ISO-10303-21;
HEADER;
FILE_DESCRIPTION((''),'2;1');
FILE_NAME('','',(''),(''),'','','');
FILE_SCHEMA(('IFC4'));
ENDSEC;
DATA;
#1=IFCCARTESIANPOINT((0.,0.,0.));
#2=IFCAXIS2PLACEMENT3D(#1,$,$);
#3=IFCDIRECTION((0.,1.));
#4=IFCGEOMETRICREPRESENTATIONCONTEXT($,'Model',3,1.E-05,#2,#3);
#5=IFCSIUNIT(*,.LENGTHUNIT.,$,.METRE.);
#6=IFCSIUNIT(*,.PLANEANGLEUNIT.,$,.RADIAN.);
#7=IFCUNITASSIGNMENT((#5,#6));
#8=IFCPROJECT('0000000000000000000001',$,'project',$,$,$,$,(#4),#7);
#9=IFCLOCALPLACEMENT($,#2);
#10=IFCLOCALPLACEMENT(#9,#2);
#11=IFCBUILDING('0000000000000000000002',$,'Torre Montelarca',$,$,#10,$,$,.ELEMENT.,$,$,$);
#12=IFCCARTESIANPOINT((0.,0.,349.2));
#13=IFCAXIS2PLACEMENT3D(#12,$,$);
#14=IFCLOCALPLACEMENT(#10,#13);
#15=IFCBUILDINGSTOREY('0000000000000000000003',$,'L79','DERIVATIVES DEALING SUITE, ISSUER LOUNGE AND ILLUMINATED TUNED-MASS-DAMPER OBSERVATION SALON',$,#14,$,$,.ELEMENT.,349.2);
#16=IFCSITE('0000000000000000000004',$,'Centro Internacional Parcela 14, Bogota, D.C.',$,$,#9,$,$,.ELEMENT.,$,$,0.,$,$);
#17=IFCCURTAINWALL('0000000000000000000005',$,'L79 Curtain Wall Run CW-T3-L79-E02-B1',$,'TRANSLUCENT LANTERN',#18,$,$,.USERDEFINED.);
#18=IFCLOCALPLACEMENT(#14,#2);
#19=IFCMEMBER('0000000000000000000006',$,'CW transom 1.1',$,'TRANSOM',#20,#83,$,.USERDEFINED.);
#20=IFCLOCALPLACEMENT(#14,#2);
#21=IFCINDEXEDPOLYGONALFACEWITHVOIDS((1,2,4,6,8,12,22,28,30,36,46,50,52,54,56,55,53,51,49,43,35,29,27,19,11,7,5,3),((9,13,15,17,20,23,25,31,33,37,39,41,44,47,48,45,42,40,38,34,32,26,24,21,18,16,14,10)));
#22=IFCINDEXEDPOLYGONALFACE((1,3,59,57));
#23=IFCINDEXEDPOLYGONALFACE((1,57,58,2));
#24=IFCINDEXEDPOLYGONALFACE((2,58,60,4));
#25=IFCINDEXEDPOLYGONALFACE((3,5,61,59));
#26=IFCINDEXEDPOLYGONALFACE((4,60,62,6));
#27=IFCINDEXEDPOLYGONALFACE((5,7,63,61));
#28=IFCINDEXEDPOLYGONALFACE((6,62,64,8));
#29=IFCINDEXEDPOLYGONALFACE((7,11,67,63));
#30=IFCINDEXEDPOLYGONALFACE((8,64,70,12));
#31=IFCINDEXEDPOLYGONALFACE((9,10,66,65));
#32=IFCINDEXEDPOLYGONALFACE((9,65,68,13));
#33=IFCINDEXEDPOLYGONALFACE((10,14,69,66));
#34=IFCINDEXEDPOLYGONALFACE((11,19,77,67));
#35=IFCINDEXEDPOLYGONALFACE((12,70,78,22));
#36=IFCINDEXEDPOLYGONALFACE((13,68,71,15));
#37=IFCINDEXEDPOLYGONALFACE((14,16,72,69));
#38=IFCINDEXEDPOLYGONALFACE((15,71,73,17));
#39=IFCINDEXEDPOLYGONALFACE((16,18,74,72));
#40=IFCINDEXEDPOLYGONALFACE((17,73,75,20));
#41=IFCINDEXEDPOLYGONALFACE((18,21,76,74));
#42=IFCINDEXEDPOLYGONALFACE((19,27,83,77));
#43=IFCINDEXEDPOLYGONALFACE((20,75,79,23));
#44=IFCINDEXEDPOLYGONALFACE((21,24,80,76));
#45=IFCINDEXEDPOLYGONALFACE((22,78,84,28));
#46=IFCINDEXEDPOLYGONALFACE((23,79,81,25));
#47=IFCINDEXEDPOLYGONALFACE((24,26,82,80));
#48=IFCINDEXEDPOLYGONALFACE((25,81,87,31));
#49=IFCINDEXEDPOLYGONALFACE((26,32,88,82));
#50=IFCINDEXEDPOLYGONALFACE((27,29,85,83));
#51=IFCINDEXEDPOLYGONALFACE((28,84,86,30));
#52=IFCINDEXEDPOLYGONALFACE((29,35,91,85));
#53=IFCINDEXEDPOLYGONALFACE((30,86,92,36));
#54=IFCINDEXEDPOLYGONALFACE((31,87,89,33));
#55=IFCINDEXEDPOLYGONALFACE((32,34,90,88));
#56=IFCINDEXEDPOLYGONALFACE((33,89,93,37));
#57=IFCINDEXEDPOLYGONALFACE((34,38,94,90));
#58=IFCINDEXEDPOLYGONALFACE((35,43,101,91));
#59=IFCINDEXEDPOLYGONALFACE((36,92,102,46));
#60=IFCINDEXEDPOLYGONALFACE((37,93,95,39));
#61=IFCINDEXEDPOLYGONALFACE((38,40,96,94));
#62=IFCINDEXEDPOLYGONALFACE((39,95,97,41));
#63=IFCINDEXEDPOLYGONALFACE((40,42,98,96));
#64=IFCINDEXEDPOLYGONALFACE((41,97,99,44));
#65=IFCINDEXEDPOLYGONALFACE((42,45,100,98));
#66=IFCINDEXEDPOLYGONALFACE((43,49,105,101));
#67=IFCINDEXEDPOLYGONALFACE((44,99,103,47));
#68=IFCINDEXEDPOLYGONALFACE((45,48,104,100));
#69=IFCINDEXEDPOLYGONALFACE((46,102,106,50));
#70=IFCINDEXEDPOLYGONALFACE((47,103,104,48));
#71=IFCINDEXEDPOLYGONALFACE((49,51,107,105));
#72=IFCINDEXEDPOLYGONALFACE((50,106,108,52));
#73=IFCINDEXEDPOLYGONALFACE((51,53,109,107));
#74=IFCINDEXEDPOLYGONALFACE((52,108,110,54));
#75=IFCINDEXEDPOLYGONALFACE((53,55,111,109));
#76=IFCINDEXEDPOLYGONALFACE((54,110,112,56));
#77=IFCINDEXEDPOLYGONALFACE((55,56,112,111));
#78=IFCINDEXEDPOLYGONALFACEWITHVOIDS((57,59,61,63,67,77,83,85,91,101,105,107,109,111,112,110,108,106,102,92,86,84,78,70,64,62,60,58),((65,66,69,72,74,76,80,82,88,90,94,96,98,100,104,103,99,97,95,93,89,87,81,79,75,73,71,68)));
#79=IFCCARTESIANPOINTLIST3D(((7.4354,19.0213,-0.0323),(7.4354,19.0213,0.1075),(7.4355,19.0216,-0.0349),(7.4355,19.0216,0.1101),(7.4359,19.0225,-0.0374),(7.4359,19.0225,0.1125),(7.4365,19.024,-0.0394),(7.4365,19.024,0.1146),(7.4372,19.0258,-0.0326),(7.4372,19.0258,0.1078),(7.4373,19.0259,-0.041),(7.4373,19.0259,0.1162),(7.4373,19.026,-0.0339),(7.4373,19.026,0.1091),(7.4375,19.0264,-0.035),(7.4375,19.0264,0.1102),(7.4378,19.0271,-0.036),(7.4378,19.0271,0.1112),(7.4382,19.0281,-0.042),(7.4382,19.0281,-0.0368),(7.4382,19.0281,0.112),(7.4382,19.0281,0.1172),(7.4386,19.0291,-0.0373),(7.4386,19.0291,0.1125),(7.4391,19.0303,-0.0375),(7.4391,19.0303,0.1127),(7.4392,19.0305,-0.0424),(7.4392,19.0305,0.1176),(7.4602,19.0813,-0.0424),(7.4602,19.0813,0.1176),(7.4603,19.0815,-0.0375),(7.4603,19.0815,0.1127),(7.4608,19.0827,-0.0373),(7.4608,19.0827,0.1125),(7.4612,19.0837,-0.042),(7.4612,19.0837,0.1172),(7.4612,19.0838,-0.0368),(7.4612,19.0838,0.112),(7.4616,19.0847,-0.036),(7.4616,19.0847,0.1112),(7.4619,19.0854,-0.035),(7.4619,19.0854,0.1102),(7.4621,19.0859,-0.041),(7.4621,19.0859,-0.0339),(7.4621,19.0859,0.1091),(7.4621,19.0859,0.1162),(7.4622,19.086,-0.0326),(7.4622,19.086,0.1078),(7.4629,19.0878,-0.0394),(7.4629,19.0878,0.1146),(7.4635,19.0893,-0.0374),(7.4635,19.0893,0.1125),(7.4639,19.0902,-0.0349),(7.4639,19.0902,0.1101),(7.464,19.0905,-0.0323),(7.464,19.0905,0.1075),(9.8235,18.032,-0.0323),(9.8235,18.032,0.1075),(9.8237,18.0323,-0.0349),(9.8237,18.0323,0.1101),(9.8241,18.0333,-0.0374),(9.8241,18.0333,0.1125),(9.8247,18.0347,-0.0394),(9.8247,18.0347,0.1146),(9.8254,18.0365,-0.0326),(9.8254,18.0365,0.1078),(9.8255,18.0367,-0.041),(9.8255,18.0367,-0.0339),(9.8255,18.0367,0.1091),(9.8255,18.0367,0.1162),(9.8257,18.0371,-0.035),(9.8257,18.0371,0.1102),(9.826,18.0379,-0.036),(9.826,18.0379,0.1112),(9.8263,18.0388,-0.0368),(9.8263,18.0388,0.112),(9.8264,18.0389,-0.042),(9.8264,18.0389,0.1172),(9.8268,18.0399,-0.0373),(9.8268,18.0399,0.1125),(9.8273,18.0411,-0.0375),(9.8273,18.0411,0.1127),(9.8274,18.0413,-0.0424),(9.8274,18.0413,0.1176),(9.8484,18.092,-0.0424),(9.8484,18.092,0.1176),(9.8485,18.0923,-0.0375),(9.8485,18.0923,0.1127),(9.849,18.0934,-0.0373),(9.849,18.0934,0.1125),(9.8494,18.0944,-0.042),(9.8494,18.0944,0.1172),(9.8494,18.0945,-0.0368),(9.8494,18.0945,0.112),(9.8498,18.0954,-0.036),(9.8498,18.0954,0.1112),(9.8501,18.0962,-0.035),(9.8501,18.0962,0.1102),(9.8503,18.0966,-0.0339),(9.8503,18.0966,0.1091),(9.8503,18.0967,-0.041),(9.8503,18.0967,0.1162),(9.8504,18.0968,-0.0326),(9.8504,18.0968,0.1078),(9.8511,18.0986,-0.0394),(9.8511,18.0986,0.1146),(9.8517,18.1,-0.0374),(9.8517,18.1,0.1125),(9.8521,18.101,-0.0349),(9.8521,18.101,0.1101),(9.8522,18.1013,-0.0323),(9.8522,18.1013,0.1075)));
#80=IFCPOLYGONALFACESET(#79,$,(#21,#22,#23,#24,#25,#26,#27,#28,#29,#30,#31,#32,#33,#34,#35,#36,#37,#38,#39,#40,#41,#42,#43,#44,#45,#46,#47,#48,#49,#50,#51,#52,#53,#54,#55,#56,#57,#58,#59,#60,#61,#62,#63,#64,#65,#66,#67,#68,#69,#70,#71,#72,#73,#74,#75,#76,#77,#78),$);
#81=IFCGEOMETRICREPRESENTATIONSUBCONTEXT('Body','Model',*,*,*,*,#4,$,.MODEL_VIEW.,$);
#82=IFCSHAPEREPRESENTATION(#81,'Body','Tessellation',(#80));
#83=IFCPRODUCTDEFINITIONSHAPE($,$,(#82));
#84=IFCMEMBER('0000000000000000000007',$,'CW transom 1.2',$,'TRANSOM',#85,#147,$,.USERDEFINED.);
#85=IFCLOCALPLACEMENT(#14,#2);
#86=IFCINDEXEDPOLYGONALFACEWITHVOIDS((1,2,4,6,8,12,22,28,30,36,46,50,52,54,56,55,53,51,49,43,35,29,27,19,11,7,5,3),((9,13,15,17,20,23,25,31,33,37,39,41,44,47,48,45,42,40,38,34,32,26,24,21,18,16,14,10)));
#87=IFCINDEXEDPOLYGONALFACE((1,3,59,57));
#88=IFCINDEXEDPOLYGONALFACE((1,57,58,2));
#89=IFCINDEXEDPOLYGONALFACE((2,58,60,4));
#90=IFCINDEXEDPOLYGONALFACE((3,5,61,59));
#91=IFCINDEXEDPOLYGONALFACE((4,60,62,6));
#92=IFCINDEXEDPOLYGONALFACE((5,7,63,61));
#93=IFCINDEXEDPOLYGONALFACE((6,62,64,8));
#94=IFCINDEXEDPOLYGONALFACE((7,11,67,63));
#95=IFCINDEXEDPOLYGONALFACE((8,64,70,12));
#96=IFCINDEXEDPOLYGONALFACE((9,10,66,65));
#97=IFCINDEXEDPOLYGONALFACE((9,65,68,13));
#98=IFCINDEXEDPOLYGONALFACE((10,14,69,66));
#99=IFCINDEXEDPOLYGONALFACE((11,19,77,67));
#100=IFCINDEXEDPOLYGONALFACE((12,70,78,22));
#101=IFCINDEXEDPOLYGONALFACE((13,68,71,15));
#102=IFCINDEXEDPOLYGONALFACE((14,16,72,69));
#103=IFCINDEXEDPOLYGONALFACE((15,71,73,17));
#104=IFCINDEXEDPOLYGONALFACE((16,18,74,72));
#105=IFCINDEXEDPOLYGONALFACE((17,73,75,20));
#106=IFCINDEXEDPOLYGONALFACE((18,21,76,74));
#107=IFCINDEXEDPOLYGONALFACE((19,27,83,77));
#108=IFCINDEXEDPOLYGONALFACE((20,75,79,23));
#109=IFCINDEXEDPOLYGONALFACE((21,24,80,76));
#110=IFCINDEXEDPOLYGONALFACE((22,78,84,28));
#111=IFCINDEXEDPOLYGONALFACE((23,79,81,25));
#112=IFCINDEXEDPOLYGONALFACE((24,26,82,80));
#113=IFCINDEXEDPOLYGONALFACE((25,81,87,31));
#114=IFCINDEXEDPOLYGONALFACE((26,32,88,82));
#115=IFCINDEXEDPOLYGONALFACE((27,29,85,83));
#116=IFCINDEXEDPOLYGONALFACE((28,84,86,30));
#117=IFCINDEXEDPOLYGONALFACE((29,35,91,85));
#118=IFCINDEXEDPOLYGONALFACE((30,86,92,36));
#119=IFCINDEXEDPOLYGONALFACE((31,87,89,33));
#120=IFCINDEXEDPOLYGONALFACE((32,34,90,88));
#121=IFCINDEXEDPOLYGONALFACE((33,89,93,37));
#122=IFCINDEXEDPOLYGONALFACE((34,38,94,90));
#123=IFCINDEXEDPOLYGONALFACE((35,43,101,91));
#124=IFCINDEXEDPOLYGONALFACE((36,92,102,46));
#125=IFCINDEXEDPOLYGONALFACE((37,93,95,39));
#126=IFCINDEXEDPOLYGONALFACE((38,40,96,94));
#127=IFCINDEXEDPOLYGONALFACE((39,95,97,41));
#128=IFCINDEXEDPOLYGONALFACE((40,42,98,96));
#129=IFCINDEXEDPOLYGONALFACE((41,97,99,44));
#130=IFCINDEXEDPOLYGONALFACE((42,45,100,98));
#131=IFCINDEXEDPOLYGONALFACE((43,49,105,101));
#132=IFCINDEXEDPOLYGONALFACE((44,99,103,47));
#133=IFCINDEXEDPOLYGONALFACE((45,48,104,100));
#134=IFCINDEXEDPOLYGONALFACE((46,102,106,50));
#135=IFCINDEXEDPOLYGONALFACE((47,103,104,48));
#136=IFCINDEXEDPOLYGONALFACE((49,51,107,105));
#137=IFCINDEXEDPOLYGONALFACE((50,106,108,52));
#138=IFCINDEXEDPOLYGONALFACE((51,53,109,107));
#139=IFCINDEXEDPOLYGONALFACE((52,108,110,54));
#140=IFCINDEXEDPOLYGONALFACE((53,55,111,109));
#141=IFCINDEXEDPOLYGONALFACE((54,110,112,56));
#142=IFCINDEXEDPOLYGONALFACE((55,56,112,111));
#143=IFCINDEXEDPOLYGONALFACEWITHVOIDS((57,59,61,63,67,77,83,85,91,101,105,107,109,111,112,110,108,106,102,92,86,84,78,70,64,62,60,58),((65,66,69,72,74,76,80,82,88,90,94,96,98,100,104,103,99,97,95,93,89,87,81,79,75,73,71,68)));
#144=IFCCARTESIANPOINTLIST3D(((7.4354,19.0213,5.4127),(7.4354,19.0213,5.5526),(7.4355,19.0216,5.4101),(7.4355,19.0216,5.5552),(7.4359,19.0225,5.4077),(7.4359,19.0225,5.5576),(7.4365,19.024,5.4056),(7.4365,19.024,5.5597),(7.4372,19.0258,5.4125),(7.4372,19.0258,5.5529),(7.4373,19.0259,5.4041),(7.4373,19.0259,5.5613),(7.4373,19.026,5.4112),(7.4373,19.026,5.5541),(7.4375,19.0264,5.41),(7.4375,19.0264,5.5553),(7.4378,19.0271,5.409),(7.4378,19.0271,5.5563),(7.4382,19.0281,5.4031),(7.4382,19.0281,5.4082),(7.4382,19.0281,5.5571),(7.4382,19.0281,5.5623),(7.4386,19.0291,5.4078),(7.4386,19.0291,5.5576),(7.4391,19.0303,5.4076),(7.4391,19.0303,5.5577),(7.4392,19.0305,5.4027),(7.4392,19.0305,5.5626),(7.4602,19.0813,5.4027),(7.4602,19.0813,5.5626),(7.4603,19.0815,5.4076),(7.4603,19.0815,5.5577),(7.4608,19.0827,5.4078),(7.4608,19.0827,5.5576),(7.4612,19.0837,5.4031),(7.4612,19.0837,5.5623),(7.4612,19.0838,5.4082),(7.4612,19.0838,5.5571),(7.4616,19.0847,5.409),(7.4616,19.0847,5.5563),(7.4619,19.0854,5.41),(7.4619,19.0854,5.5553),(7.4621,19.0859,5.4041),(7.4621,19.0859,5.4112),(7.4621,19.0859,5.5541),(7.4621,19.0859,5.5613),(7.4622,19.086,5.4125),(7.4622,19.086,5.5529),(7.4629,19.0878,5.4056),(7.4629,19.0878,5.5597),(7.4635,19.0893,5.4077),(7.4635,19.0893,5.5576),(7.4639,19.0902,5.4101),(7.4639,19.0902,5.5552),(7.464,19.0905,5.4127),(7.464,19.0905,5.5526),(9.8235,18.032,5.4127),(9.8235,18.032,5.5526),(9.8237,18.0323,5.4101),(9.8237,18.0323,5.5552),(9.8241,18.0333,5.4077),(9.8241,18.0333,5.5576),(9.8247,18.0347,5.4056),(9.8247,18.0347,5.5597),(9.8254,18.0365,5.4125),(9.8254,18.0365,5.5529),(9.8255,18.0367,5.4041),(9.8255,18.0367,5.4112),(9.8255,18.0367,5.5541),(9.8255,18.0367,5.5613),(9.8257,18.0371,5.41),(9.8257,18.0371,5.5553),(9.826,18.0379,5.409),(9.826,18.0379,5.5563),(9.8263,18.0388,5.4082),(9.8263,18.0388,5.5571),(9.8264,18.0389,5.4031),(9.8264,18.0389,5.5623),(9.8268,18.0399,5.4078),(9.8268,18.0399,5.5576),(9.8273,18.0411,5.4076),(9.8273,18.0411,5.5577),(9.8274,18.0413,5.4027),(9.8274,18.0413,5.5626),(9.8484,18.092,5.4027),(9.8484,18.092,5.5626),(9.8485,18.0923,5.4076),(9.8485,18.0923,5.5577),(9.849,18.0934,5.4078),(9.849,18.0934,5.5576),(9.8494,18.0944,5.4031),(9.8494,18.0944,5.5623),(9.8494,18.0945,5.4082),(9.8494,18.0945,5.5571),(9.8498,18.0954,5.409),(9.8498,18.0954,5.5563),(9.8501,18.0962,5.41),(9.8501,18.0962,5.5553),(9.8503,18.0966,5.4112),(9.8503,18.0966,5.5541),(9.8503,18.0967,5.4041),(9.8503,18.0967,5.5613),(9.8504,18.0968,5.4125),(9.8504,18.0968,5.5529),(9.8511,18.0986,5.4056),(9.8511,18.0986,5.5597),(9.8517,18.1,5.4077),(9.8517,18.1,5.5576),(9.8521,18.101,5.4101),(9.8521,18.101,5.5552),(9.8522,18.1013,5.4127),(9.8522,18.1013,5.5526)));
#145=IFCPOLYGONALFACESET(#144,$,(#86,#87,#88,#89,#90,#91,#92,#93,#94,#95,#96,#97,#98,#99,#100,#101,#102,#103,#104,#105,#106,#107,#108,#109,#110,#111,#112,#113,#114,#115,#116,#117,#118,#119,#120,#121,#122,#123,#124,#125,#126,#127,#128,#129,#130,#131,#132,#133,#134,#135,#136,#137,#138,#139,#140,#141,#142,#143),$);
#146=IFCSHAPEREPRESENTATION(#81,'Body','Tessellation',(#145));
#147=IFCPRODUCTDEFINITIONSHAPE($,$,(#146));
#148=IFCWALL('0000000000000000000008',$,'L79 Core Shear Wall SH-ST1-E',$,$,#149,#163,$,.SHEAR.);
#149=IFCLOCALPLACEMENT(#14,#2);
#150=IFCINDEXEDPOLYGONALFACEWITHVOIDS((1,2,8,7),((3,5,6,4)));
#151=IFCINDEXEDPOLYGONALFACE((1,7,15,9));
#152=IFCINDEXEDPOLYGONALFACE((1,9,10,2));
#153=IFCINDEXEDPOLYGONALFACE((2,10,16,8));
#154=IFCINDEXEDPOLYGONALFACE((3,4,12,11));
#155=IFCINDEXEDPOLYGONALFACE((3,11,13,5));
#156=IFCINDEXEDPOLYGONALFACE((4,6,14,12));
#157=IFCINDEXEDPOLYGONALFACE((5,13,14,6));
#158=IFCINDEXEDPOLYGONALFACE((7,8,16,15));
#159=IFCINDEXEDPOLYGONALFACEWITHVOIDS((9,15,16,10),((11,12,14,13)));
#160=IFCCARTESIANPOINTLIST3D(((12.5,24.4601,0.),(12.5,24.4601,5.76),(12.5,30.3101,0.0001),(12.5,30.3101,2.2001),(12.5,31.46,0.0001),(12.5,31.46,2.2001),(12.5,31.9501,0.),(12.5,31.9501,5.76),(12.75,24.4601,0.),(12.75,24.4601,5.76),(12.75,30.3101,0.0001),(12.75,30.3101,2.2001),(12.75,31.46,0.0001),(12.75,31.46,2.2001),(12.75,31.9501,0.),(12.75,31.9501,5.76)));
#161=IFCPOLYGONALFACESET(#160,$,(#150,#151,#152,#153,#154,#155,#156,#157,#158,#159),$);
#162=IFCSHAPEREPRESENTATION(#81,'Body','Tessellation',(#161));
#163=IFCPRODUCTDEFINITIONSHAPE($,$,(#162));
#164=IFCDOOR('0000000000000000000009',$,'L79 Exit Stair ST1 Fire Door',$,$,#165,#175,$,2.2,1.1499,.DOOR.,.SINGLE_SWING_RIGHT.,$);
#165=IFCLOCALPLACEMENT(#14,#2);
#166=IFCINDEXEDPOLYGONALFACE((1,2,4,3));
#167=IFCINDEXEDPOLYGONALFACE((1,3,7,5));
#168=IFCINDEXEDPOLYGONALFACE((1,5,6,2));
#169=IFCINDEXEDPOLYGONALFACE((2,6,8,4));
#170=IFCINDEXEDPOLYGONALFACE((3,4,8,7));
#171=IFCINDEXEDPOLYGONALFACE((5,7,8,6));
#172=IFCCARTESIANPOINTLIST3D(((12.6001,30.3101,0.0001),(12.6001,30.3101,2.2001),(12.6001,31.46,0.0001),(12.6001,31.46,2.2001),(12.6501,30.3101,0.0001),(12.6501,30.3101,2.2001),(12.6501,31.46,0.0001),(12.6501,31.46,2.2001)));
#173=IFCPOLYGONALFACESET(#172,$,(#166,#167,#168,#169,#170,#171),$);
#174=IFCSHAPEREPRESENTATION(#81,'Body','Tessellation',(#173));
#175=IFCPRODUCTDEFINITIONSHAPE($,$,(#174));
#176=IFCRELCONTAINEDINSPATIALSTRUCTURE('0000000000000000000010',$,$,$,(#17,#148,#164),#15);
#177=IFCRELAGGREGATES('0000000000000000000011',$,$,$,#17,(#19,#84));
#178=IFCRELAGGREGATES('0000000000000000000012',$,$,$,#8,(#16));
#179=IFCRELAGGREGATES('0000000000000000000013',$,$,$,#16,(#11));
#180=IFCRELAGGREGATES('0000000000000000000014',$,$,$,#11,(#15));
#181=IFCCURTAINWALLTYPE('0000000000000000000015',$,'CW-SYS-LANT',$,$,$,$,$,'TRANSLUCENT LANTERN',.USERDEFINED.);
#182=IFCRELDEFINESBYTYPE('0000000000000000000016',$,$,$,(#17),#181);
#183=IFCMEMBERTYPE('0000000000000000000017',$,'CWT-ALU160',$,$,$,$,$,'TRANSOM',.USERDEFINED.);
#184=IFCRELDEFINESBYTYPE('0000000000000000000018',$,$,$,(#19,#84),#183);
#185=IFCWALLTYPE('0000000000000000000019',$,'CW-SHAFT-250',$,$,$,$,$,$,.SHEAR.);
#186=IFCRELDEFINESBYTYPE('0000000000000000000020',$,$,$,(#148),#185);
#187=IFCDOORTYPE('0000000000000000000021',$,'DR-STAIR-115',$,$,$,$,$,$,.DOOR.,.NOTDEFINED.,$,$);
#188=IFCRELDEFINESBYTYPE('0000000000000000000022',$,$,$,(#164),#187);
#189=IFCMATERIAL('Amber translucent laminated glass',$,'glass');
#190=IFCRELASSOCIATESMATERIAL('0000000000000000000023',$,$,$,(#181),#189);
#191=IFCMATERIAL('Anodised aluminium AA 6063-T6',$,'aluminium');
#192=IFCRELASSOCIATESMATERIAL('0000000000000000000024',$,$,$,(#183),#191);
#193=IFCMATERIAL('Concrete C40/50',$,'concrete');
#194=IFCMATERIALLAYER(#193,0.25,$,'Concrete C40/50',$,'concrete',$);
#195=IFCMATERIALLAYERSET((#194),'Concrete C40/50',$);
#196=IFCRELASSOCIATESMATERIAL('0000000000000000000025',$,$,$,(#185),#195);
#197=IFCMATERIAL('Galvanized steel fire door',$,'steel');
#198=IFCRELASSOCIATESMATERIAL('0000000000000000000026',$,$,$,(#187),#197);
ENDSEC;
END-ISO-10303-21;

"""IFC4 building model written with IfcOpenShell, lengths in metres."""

from ifc_helpers import new_model, si_unit, direction, frame, frame_2d, origin, origin_2d, place, context, subcontext, project, spatial, rectangle, hollow_rectangle, extrude, source, transform, mapped, material, layer, layer_set, material_profile, profile_set, type_object, element, fill, aggregate, save


model = new_model("IFC4")

# Units and contexts
model_context = context("Model", 3, precision=1e-05, world=origin(), true_north=direction((0.0, 1.0)))
body_context = subcontext(model_context, "Body", "Model", "MODEL_VIEW")
ifc_project = project(units=[si_unit("LENGTHUNIT", "METRE"), si_unit("PLANEANGLEUNIT", "RADIAN")], contexts=[model_context])

# Site, building, storey
site_placement = place(None, origin())
site = spatial("IfcSite", under=ifc_project, at=site_placement, Name="Centro Internacional Parcela 14, Bogota, D.C.", CompositionType="ELEMENT", RefElevation=0.0)
building_placement = place(site_placement, origin())
building = spatial("IfcBuilding", under=site, at=building_placement, Name="Torre Montelarca", CompositionType="ELEMENT")
storey_placement = place(building_placement, frame((0.0, 0.0, 349.2)))
storey = spatial("IfcBuildingStorey", under=building, at=storey_placement, Name="L79", Description="DERIVATIVES DEALING SUITE, ISSUER LOUNGE AND ILLUMINATED TUNED-MASS-DAMPER OBSERVATION SALON", CompositionType="ELEMENT", Elevation=349.2)

# Shared definitions
ifc_material_1 = material(Name="Concrete C40/50", Category="concrete")

# Curtain wall, members
ifc_material_2 = material(Name="Amber translucent laminated glass", Category="glass")
curtain_wall_type = type_object("IfcCurtainWallType", Name="CW-SYS-LANT", ElementType="TRANSLUCENT LANTERN", PredefinedType="USERDEFINED", material=ifc_material_2)
curtain_wall_placement = place(storey_placement, origin())
curtain_wall = element("IfcCurtainWall", 1, at=curtain_wall_placement, inside=storey, type_object=curtain_wall_type, Name="L79 Curtain Wall Run CW-T3-L79-E02-B1", ObjectType="TRANSLUCENT LANTERN", PredefinedType="USERDEFINED")
ifc_material_3 = material(Name="Anodised aluminium AA 6063-T6", Category="aluminium")
ifc_material_profile_1 = material_profile(ifc_material_3, hollow_rectangle(XDim=0.075, YDim=0.1599, WallThickness=0.0049, InnerFilletRadius=0.0049, OuterFilletRadius=0.01, at=origin_2d()), Name="ALU75X160X5", Category="aluminium")
ifc_profile_set_1 = profile_set([ifc_material_profile_1], Name="Anodised aluminium AA 6063-T6")
member_type_1 = type_object("IfcMemberType", Name="CWT-ALU160", ElementType="TRANSOM", PredefinedType="USERDEFINED", material=ifc_profile_set_1)
shared_shape_1 = source(origin(), body_context, "Body", "SweptSolid", [
    extrude(hollow_rectangle(XDim=0.075, YDim=0.1599, WallThickness=0.0049, InnerFilletRadius=0.0049, OuterFilletRadius=0.01, at=origin_2d()), origin(), (0.0, 0.0, 1.0), 2.585),
])
member_1_placement = place(storey_placement, frame((7.4497, 19.0559, 0.0376), z_axis=(0.923874, -0.382697, 0.0), x_axis=(0.382697, 0.923874, 0.0)))
member_1 = element("IfcMember", 2, at=member_1_placement, type_object=member_type_1, Name="CW transom 1.1", ObjectType="TRANSOM", PredefinedType="USERDEFINED", context=body_context, shape_type="MappedRepresentation", body=[
    mapped(shared_shape_1, transform((0.0, 0.0, 0.0), scale=1.0)),
])
member_2_placement = place(storey_placement, frame((7.4497, 19.0559, 5.4827), z_axis=(0.923874, -0.382697, 0.0), x_axis=(0.382697, 0.923874, 0.0)))
member_2 = element("IfcMember", 3, at=member_2_placement, type_object=member_type_1, Name="CW transom 1.2", ObjectType="TRANSOM", PredefinedType="USERDEFINED", context=body_context, shape_type="MappedRepresentation", body=[
    mapped(shared_shape_1, transform((0.0, 0.0, 0.0), scale=1.0)),
])
aggregate(curtain_wall, [member_1, member_2])

# Wall, opening, door
ifc_layer_1 = layer(ifc_material_1, 0.25, Name="Concrete C40/50", Category="concrete")
ifc_layer_set_1 = layer_set([ifc_layer_1], Name="Concrete C40/50")
wall_type_1 = type_object("IfcWallType", Name="CW-SHAFT-250", PredefinedType="SHEAR", material=ifc_layer_set_1)
wall_1_placement = place(storey_placement, frame((12.625, 24.46, 0.0), z_axis=(0.0, 0.0, 1.0), x_axis=(0.0, 1.0, 0.0)))
wall_1 = element("IfcWall", 4, at=wall_1_placement, inside=storey, type_object=wall_type_1, Name="L79 Core Shear Wall SH-ST1-E", PredefinedType="SHEAR", context=body_context, shape_type="SweptSolid", body=[
    extrude(rectangle(XDim=7.49, YDim=0.25, at=frame_2d((3.7451, 0.0))), origin(), (0.0, 0.0, 1.0), 5.76),
])
opening_1_placement = place(wall_1_placement, frame((5.8501, 0.0, 0.0)))
opening_1 = element("IfcOpeningElement", 5, at=opening_1_placement, cuts=wall_1, PredefinedType="OPENING", context=body_context, shape_type="SweptSolid", body=[
    extrude(rectangle(XDim=1.1499, YDim=2.2, at=frame_2d((0.575, 1.1001))), frame((0.0, 0.135, 0.0), z_axis=(0.0, -1.0, 0.0), x_axis=(1.0, 0.0, 0.0)), (0.0, 0.0, 1.0), 0.27),
])
ifc_material_4 = material(Name="Galvanized steel fire door", Category="steel")
door_type_1 = type_object("IfcDoorType", Name="DR-STAIR-115", OperationType="NOTDEFINED", PredefinedType="DOOR", material=ifc_material_4)
shared_shape_2 = source(origin(), body_context, "Body", "SweptSolid", [
    extrude(rectangle(XDim=1.1499, YDim=2.2, at=frame_2d((0.575, 1.1001))), frame((0.0, 0.0249, 0.0), z_axis=(0.0, -1.0, 0.0), x_axis=(1.0, 0.0, 0.0)), (0.0, 0.0, 1.0), 0.05),
])
door_1_placement = place(opening_1_placement, origin())
door_1 = element("IfcDoor", 6, at=door_1_placement, inside=storey, type_object=door_type_1, Name="L79 Exit Stair ST1 Fire Door", OperationType="SINGLE_SWING_RIGHT", OverallHeight=2.2, OverallWidth=1.1499, PredefinedType="DOOR", context=body_context, shape_type="MappedRepresentation", body=[
    mapped(shared_shape_2, transform((0.0, 0.0, 0.0), scale=1.0)),
])
fill(opening_1, door_1)

save(model, "model.ifc")
